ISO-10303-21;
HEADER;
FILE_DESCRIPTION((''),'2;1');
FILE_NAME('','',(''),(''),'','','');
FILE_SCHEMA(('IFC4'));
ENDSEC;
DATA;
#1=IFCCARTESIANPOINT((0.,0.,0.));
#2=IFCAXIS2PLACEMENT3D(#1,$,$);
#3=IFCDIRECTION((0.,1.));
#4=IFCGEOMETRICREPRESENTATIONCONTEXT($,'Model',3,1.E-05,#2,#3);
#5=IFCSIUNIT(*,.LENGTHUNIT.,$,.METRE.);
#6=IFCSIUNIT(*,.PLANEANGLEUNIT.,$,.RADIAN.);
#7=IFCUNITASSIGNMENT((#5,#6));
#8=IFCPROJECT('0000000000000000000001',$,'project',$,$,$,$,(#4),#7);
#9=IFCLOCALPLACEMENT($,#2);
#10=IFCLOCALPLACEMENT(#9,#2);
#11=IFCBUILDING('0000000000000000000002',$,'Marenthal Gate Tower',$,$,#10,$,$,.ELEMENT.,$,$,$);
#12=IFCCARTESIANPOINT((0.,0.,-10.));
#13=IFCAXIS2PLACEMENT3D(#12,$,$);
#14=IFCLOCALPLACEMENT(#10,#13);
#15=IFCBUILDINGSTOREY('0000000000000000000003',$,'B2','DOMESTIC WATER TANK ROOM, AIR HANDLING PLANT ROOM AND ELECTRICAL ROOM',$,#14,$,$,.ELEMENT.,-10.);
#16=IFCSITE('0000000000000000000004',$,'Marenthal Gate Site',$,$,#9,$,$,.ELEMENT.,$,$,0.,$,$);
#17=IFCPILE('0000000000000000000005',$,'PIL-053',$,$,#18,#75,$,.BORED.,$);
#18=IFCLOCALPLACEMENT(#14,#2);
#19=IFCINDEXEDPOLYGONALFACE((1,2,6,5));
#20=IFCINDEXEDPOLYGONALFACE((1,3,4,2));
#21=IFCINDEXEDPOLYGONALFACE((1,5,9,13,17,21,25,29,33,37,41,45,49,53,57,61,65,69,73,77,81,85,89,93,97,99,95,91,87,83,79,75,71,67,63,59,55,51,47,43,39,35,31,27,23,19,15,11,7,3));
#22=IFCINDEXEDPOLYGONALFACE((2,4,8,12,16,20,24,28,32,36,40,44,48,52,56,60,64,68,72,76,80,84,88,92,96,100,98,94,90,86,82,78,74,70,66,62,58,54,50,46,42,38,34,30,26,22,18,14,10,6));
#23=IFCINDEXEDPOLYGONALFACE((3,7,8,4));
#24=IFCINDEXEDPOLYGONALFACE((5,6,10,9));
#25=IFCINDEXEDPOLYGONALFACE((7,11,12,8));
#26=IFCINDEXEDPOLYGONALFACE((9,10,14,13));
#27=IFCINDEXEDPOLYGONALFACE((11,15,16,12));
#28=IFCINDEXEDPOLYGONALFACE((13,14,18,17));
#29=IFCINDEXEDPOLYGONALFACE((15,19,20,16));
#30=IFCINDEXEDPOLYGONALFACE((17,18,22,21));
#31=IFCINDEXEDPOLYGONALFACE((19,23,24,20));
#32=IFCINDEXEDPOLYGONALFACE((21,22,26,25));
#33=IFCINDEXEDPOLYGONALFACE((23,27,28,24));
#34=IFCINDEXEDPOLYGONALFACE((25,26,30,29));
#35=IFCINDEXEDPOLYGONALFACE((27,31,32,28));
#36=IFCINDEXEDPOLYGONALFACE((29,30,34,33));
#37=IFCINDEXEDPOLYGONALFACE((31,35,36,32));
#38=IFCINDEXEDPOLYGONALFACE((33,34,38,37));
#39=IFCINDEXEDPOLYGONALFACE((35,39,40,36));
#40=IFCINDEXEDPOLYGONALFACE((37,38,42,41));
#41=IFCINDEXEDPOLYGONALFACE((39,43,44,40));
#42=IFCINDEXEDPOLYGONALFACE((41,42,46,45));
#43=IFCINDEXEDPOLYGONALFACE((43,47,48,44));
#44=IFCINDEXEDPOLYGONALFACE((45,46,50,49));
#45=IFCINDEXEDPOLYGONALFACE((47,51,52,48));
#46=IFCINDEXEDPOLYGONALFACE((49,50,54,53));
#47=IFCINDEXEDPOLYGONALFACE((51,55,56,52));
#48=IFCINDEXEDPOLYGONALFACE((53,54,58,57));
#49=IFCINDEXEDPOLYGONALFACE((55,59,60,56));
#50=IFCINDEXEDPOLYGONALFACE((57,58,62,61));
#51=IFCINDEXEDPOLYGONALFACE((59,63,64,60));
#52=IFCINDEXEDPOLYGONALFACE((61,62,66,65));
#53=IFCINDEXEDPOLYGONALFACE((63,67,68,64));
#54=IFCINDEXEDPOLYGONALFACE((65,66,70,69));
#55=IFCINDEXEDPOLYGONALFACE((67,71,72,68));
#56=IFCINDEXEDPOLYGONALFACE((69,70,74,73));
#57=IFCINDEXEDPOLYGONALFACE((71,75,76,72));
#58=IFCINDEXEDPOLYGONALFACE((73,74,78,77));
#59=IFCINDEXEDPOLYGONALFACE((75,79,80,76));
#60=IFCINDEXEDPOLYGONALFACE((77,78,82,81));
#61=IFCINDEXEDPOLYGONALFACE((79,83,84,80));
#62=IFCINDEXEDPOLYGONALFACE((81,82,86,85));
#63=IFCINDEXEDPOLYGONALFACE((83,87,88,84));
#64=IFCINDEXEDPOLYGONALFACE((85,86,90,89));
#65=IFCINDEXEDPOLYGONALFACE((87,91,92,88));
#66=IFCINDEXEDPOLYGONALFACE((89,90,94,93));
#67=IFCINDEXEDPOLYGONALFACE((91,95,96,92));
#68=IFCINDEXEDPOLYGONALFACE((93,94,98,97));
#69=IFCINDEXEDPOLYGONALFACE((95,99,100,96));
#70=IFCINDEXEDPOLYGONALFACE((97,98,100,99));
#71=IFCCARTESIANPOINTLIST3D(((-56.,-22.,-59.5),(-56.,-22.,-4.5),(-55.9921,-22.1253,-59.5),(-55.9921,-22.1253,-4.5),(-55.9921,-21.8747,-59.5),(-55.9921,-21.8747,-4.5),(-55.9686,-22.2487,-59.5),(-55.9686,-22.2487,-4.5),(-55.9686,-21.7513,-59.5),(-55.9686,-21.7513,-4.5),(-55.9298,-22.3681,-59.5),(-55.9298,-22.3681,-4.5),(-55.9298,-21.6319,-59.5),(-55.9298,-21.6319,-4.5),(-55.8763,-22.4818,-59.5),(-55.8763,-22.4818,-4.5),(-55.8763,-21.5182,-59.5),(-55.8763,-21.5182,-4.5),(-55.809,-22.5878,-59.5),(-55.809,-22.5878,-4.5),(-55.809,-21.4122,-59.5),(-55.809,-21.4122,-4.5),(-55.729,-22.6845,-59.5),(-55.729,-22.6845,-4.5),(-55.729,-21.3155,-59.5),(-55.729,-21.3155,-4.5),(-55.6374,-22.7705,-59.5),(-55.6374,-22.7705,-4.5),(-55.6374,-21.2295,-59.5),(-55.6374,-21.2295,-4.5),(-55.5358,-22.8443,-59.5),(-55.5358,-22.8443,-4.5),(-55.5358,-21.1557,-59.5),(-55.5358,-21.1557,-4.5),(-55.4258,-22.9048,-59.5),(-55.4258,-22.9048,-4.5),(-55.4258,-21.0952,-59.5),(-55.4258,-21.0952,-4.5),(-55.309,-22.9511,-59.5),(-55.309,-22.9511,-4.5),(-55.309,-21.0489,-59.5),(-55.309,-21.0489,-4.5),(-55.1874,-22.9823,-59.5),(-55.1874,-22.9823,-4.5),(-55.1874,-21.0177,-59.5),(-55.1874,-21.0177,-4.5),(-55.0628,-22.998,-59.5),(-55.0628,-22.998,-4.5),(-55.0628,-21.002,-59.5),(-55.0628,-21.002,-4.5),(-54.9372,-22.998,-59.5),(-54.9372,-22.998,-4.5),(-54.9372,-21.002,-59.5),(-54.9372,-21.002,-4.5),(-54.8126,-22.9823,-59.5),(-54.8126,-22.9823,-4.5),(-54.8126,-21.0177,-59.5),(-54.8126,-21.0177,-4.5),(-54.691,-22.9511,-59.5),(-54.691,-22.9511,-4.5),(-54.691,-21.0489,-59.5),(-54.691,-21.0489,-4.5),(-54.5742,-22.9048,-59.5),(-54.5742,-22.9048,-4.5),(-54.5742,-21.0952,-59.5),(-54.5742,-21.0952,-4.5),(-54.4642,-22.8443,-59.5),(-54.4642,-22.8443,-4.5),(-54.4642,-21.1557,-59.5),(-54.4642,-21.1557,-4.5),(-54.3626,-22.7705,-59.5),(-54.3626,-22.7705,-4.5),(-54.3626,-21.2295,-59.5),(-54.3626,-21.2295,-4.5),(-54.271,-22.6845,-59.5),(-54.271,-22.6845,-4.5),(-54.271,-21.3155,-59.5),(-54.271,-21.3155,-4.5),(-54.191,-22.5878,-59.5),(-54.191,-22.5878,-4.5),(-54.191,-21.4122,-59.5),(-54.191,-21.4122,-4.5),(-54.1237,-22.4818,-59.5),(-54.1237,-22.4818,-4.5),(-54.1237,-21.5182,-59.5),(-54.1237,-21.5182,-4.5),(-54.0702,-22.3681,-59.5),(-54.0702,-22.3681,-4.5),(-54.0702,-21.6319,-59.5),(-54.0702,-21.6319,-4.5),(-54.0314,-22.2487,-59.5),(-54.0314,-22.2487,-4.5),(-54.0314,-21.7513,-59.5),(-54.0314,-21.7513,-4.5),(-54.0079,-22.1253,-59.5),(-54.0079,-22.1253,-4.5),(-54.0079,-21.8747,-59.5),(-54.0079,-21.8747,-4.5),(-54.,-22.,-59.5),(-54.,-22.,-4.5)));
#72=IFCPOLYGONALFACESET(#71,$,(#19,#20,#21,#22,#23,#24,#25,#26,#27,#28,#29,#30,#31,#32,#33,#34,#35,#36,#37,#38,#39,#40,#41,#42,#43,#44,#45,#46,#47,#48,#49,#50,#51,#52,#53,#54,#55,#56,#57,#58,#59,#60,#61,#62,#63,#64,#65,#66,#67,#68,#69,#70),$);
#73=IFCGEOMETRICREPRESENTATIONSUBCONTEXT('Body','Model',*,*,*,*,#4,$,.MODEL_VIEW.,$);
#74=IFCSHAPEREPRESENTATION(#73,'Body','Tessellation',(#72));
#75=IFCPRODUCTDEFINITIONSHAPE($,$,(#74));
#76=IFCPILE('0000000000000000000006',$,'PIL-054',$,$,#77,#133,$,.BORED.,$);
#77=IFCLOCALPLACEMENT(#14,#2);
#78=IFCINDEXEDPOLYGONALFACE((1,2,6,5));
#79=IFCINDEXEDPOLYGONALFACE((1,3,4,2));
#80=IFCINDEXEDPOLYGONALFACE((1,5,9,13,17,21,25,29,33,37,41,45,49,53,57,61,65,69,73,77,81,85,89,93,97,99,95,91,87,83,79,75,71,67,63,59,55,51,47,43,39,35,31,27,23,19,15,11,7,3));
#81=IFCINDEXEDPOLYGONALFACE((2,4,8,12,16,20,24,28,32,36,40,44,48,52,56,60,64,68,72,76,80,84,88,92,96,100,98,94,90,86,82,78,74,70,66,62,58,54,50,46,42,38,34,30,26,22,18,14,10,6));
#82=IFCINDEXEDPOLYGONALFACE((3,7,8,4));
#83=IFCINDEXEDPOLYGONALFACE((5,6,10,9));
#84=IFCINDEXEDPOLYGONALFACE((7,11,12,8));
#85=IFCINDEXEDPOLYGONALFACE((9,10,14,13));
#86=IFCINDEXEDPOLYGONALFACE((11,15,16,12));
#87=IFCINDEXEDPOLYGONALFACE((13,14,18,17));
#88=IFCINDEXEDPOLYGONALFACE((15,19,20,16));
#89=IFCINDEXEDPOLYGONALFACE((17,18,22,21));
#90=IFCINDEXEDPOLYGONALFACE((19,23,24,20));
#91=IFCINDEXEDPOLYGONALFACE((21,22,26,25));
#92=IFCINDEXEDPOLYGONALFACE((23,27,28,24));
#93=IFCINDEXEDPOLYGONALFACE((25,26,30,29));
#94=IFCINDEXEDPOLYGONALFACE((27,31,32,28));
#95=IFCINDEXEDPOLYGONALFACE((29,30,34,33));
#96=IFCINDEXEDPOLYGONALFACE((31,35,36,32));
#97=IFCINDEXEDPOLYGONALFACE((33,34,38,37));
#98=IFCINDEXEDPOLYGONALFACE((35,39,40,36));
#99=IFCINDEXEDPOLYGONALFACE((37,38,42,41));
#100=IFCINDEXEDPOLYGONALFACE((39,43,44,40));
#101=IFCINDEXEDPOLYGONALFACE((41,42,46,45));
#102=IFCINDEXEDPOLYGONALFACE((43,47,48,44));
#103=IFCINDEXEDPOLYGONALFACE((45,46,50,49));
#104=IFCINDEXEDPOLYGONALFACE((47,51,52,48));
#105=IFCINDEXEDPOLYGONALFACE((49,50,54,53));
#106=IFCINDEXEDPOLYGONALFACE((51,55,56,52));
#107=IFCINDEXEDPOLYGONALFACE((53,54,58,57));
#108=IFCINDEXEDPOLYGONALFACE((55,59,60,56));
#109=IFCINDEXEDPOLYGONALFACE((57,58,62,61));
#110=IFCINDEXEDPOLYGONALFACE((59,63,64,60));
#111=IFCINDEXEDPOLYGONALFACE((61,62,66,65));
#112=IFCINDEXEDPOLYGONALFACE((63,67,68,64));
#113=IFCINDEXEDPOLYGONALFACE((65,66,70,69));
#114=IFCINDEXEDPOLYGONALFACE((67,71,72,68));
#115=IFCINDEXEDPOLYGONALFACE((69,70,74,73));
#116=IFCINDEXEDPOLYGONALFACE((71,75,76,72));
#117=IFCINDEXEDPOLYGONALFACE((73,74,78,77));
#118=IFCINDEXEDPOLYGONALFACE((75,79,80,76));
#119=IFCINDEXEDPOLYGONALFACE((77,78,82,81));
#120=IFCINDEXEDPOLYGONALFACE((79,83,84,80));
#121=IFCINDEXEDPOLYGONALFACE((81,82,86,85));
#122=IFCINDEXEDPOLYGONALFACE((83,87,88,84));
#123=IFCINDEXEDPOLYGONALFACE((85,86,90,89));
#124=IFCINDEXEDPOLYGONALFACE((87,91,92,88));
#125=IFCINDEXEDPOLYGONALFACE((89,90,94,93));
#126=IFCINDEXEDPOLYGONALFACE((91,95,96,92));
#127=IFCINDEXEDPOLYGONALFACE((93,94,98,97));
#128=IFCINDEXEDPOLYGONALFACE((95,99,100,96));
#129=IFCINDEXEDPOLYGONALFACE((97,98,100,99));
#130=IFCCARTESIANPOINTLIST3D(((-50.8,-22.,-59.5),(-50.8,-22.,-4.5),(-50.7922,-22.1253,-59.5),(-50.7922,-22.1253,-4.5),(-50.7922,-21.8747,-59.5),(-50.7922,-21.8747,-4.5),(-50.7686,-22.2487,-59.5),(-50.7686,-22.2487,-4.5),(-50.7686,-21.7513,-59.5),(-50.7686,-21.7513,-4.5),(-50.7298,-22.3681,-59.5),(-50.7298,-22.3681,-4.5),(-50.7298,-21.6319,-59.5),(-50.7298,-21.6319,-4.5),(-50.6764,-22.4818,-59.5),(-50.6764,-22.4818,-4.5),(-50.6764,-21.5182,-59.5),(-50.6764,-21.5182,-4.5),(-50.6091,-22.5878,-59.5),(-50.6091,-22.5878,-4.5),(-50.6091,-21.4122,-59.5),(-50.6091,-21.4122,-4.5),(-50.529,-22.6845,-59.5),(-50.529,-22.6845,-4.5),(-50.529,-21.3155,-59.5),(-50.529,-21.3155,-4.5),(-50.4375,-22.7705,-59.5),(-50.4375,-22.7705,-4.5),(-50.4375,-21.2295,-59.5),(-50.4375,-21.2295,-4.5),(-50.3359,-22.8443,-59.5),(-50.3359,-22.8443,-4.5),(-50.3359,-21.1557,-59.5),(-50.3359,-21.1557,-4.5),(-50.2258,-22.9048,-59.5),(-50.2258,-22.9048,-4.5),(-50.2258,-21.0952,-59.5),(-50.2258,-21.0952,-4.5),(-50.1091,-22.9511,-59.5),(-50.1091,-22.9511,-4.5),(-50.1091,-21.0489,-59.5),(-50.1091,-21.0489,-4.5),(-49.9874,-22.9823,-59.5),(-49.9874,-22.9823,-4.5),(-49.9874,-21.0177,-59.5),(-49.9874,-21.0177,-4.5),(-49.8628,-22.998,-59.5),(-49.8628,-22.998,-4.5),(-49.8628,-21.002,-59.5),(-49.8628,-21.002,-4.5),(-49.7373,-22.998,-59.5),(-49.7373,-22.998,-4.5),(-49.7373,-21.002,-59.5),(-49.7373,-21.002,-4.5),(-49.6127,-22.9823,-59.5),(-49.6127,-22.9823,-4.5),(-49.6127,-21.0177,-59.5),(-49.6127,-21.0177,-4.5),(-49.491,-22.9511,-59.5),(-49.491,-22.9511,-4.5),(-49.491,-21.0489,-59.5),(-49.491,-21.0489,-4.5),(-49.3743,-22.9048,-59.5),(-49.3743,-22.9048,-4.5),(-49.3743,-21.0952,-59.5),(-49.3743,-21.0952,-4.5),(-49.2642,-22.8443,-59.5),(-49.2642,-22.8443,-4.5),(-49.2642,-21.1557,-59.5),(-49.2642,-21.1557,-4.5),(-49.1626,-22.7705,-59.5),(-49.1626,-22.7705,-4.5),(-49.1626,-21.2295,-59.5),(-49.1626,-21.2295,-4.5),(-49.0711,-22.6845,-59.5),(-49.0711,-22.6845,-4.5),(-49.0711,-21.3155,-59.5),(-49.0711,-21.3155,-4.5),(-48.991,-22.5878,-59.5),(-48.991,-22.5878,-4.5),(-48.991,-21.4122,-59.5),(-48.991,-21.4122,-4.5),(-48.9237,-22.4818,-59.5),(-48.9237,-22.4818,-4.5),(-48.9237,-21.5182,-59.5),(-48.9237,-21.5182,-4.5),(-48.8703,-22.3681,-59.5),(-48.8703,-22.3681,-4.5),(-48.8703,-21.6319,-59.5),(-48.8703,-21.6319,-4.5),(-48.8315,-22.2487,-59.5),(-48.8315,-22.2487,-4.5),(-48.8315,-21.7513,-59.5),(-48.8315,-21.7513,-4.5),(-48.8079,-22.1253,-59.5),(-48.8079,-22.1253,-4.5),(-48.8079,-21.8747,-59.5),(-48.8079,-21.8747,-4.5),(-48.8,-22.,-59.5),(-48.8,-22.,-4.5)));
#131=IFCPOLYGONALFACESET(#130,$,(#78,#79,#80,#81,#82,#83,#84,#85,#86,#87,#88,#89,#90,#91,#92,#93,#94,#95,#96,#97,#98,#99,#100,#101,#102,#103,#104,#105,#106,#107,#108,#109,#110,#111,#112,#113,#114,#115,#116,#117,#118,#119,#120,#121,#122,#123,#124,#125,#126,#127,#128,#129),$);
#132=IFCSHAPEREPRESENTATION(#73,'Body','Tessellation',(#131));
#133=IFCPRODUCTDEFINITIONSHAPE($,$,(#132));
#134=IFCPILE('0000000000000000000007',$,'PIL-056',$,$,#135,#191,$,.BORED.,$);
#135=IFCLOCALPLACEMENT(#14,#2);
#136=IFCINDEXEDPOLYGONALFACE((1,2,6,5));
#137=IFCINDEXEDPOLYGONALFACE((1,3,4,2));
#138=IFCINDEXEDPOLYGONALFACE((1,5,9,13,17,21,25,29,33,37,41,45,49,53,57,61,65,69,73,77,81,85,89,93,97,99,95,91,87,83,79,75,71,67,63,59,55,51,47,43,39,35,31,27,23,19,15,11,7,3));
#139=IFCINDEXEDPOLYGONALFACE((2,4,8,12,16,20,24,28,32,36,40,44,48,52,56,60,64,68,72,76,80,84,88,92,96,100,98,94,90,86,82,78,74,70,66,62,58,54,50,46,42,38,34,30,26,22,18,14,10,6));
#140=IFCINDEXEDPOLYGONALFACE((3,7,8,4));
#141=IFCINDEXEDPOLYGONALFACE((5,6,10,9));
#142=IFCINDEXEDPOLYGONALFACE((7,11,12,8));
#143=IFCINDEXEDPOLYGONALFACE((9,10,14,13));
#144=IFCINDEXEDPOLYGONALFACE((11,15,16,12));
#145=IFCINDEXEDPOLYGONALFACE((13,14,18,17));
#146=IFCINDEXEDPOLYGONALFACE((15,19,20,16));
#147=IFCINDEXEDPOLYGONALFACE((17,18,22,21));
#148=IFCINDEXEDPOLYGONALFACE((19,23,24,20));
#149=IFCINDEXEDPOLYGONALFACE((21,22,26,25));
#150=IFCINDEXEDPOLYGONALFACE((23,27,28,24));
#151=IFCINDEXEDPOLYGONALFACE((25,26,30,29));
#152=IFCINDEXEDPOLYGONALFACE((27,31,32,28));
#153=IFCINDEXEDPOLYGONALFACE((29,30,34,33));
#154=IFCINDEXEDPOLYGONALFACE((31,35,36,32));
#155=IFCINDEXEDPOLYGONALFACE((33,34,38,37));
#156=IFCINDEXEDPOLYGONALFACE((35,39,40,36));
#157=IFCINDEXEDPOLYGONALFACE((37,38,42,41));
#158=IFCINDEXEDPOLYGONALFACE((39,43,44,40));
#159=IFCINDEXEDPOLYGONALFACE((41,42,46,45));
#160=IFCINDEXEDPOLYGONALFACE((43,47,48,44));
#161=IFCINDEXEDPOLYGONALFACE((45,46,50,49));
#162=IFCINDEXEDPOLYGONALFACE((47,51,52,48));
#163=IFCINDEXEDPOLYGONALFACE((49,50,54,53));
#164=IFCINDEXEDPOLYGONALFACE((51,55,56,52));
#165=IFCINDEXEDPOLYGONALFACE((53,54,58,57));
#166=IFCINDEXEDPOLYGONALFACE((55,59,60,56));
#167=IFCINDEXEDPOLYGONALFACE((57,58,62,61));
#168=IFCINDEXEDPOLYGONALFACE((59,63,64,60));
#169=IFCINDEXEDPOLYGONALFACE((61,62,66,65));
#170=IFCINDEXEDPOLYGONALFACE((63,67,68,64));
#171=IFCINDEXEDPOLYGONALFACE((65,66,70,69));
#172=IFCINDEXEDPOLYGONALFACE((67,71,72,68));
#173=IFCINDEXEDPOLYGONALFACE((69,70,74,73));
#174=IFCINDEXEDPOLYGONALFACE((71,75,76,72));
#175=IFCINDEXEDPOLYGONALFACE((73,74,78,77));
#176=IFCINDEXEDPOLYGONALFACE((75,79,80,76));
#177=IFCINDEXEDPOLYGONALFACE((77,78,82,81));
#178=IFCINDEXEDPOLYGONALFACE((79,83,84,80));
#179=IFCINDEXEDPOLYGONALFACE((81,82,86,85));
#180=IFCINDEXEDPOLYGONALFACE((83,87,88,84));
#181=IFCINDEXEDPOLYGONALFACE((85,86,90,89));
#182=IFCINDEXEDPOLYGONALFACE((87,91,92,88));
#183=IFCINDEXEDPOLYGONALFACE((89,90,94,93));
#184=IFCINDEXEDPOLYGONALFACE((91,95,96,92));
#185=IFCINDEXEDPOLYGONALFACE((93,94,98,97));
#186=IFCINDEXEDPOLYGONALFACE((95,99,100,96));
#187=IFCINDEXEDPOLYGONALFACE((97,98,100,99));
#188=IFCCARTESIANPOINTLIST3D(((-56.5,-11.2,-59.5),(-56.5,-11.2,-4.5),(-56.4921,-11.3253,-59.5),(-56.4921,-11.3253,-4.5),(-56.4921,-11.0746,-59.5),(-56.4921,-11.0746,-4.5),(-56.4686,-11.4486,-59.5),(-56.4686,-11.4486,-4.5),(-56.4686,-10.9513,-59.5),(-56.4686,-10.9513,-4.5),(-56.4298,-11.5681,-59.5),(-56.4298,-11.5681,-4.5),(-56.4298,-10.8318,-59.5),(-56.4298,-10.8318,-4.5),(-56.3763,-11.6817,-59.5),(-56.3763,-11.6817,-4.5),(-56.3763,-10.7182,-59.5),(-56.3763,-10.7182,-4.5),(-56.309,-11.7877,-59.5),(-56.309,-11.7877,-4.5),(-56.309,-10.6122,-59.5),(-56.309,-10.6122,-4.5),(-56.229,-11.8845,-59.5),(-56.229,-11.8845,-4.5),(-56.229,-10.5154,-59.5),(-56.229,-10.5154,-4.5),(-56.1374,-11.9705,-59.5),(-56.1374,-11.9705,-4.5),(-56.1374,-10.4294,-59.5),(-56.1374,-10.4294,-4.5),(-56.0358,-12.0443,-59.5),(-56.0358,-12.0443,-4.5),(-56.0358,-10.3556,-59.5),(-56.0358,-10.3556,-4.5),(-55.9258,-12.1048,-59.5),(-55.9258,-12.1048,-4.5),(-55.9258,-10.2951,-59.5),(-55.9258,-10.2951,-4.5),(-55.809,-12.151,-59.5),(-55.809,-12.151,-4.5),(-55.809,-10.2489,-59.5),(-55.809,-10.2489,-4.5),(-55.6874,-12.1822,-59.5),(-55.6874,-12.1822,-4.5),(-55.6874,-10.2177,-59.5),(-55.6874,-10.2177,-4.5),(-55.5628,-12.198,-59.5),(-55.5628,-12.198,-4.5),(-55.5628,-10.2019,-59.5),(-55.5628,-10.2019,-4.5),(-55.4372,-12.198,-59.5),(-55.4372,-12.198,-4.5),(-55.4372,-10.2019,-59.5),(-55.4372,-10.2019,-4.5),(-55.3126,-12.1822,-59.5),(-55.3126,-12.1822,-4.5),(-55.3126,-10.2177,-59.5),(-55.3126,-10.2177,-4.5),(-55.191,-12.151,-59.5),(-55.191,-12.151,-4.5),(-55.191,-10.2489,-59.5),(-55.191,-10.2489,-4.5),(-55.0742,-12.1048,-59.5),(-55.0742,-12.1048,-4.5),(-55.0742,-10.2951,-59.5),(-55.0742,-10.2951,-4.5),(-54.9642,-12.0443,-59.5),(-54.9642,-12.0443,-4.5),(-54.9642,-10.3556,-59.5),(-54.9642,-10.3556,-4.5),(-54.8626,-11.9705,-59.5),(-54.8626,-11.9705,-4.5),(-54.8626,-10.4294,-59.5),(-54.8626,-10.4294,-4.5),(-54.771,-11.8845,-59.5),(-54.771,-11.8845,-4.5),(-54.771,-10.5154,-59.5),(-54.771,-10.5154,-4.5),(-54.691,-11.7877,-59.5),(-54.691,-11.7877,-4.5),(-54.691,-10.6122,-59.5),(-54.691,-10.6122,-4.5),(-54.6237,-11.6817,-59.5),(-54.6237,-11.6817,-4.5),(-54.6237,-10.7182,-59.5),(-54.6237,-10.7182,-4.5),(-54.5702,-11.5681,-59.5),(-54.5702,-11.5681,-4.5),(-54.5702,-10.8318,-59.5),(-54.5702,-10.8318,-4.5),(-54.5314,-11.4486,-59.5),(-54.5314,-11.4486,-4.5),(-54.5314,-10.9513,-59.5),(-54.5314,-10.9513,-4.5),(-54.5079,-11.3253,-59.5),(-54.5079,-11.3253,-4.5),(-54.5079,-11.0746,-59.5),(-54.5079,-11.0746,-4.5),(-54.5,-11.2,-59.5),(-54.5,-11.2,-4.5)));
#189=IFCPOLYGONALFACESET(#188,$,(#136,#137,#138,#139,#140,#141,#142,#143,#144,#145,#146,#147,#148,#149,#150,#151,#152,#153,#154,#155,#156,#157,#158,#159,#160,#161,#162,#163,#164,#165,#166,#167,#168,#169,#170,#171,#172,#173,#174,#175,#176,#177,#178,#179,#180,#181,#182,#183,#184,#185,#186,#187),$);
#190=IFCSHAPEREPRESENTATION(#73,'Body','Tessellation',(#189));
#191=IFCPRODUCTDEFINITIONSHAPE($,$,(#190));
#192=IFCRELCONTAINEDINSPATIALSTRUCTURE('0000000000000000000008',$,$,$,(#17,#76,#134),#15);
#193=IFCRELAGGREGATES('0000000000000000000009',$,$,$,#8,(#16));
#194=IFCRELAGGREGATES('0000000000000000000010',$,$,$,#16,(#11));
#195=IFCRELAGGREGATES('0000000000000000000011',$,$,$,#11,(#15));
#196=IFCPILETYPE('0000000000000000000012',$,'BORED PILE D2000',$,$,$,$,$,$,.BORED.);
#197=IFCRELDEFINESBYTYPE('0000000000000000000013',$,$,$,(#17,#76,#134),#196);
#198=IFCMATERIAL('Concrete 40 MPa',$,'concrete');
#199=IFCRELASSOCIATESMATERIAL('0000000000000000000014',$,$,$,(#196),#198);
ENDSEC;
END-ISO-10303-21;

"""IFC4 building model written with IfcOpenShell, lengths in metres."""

from ifc_helpers import new_model, si_unit, direction, frame, origin, origin_2d, place, context, subcontext, project, spatial, circle, extrude, material, type_object, element, save


model = new_model("IFC4")

# Units and contexts
model_context = context("Model", 3, precision=1e-05, world=origin(), true_north=direction((0.0, 1.0)))
body_context = subcontext(model_context, "Body", "Model", "MODEL_VIEW")
ifc_project = project(units=[si_unit("LENGTHUNIT", "METRE"), si_unit("PLANEANGLEUNIT", "RADIAN")], contexts=[model_context])

# Site, building, storey
site_placement = place(None, origin())
site = spatial("IfcSite", under=ifc_project, at=site_placement, Name="Marenthal Gate Site", CompositionType="ELEMENT", RefElevation=0.0)
building_placement = place(site_placement, origin())
building = spatial("IfcBuilding", under=site, at=building_placement, Name="Marenthal Gate Tower", CompositionType="ELEMENT")
storey_placement = place(building_placement, frame((0.0, 0.0, -10.0)))
storey = spatial("IfcBuildingStorey", under=building, at=storey_placement, Name="B2", Description="DOMESTIC WATER TANK ROOM, AIR HANDLING PLANT ROOM AND ELECTRICAL ROOM", CompositionType="ELEMENT", Elevation=-10.0)

# Piles
ifc_material_1 = material(Name="Concrete 40 MPa", Category="concrete")
pile_type = type_object("IfcPileType", Name="BORED PILE D2000", PredefinedType="BORED", material=ifc_material_1)
for number, where, z_axis, x_axis, name in (
    (1, (-55.0, -22.0, -4.5), (0.0, 0.0, -1.0), (1.0, 0.0, 0.0), "PIL-053"),
    (2, (-49.8, -22.0, -4.5), (0.0, 0.0, -1.0), (1.0, 0.0, 0.0), "PIL-054"),
    (3, (-55.5, -11.2, -4.5), (0.0, 0.0, -1.0), (1.0, 0.0, 0.0), "PIL-056"),
):
    element("IfcPile", number, at=place(storey_placement, frame(where, z_axis=z_axis, x_axis=x_axis)), inside=storey, type_object=pile_type, Name=name, PredefinedType="BORED", context=body_context, shape_type="SweptSolid", body=[
        extrude(circle(Radius=1.0, at=origin_2d()), origin(), (0.0, 0.0, 1.0), 55.0),
    ])

save(model, "model.ifc")
